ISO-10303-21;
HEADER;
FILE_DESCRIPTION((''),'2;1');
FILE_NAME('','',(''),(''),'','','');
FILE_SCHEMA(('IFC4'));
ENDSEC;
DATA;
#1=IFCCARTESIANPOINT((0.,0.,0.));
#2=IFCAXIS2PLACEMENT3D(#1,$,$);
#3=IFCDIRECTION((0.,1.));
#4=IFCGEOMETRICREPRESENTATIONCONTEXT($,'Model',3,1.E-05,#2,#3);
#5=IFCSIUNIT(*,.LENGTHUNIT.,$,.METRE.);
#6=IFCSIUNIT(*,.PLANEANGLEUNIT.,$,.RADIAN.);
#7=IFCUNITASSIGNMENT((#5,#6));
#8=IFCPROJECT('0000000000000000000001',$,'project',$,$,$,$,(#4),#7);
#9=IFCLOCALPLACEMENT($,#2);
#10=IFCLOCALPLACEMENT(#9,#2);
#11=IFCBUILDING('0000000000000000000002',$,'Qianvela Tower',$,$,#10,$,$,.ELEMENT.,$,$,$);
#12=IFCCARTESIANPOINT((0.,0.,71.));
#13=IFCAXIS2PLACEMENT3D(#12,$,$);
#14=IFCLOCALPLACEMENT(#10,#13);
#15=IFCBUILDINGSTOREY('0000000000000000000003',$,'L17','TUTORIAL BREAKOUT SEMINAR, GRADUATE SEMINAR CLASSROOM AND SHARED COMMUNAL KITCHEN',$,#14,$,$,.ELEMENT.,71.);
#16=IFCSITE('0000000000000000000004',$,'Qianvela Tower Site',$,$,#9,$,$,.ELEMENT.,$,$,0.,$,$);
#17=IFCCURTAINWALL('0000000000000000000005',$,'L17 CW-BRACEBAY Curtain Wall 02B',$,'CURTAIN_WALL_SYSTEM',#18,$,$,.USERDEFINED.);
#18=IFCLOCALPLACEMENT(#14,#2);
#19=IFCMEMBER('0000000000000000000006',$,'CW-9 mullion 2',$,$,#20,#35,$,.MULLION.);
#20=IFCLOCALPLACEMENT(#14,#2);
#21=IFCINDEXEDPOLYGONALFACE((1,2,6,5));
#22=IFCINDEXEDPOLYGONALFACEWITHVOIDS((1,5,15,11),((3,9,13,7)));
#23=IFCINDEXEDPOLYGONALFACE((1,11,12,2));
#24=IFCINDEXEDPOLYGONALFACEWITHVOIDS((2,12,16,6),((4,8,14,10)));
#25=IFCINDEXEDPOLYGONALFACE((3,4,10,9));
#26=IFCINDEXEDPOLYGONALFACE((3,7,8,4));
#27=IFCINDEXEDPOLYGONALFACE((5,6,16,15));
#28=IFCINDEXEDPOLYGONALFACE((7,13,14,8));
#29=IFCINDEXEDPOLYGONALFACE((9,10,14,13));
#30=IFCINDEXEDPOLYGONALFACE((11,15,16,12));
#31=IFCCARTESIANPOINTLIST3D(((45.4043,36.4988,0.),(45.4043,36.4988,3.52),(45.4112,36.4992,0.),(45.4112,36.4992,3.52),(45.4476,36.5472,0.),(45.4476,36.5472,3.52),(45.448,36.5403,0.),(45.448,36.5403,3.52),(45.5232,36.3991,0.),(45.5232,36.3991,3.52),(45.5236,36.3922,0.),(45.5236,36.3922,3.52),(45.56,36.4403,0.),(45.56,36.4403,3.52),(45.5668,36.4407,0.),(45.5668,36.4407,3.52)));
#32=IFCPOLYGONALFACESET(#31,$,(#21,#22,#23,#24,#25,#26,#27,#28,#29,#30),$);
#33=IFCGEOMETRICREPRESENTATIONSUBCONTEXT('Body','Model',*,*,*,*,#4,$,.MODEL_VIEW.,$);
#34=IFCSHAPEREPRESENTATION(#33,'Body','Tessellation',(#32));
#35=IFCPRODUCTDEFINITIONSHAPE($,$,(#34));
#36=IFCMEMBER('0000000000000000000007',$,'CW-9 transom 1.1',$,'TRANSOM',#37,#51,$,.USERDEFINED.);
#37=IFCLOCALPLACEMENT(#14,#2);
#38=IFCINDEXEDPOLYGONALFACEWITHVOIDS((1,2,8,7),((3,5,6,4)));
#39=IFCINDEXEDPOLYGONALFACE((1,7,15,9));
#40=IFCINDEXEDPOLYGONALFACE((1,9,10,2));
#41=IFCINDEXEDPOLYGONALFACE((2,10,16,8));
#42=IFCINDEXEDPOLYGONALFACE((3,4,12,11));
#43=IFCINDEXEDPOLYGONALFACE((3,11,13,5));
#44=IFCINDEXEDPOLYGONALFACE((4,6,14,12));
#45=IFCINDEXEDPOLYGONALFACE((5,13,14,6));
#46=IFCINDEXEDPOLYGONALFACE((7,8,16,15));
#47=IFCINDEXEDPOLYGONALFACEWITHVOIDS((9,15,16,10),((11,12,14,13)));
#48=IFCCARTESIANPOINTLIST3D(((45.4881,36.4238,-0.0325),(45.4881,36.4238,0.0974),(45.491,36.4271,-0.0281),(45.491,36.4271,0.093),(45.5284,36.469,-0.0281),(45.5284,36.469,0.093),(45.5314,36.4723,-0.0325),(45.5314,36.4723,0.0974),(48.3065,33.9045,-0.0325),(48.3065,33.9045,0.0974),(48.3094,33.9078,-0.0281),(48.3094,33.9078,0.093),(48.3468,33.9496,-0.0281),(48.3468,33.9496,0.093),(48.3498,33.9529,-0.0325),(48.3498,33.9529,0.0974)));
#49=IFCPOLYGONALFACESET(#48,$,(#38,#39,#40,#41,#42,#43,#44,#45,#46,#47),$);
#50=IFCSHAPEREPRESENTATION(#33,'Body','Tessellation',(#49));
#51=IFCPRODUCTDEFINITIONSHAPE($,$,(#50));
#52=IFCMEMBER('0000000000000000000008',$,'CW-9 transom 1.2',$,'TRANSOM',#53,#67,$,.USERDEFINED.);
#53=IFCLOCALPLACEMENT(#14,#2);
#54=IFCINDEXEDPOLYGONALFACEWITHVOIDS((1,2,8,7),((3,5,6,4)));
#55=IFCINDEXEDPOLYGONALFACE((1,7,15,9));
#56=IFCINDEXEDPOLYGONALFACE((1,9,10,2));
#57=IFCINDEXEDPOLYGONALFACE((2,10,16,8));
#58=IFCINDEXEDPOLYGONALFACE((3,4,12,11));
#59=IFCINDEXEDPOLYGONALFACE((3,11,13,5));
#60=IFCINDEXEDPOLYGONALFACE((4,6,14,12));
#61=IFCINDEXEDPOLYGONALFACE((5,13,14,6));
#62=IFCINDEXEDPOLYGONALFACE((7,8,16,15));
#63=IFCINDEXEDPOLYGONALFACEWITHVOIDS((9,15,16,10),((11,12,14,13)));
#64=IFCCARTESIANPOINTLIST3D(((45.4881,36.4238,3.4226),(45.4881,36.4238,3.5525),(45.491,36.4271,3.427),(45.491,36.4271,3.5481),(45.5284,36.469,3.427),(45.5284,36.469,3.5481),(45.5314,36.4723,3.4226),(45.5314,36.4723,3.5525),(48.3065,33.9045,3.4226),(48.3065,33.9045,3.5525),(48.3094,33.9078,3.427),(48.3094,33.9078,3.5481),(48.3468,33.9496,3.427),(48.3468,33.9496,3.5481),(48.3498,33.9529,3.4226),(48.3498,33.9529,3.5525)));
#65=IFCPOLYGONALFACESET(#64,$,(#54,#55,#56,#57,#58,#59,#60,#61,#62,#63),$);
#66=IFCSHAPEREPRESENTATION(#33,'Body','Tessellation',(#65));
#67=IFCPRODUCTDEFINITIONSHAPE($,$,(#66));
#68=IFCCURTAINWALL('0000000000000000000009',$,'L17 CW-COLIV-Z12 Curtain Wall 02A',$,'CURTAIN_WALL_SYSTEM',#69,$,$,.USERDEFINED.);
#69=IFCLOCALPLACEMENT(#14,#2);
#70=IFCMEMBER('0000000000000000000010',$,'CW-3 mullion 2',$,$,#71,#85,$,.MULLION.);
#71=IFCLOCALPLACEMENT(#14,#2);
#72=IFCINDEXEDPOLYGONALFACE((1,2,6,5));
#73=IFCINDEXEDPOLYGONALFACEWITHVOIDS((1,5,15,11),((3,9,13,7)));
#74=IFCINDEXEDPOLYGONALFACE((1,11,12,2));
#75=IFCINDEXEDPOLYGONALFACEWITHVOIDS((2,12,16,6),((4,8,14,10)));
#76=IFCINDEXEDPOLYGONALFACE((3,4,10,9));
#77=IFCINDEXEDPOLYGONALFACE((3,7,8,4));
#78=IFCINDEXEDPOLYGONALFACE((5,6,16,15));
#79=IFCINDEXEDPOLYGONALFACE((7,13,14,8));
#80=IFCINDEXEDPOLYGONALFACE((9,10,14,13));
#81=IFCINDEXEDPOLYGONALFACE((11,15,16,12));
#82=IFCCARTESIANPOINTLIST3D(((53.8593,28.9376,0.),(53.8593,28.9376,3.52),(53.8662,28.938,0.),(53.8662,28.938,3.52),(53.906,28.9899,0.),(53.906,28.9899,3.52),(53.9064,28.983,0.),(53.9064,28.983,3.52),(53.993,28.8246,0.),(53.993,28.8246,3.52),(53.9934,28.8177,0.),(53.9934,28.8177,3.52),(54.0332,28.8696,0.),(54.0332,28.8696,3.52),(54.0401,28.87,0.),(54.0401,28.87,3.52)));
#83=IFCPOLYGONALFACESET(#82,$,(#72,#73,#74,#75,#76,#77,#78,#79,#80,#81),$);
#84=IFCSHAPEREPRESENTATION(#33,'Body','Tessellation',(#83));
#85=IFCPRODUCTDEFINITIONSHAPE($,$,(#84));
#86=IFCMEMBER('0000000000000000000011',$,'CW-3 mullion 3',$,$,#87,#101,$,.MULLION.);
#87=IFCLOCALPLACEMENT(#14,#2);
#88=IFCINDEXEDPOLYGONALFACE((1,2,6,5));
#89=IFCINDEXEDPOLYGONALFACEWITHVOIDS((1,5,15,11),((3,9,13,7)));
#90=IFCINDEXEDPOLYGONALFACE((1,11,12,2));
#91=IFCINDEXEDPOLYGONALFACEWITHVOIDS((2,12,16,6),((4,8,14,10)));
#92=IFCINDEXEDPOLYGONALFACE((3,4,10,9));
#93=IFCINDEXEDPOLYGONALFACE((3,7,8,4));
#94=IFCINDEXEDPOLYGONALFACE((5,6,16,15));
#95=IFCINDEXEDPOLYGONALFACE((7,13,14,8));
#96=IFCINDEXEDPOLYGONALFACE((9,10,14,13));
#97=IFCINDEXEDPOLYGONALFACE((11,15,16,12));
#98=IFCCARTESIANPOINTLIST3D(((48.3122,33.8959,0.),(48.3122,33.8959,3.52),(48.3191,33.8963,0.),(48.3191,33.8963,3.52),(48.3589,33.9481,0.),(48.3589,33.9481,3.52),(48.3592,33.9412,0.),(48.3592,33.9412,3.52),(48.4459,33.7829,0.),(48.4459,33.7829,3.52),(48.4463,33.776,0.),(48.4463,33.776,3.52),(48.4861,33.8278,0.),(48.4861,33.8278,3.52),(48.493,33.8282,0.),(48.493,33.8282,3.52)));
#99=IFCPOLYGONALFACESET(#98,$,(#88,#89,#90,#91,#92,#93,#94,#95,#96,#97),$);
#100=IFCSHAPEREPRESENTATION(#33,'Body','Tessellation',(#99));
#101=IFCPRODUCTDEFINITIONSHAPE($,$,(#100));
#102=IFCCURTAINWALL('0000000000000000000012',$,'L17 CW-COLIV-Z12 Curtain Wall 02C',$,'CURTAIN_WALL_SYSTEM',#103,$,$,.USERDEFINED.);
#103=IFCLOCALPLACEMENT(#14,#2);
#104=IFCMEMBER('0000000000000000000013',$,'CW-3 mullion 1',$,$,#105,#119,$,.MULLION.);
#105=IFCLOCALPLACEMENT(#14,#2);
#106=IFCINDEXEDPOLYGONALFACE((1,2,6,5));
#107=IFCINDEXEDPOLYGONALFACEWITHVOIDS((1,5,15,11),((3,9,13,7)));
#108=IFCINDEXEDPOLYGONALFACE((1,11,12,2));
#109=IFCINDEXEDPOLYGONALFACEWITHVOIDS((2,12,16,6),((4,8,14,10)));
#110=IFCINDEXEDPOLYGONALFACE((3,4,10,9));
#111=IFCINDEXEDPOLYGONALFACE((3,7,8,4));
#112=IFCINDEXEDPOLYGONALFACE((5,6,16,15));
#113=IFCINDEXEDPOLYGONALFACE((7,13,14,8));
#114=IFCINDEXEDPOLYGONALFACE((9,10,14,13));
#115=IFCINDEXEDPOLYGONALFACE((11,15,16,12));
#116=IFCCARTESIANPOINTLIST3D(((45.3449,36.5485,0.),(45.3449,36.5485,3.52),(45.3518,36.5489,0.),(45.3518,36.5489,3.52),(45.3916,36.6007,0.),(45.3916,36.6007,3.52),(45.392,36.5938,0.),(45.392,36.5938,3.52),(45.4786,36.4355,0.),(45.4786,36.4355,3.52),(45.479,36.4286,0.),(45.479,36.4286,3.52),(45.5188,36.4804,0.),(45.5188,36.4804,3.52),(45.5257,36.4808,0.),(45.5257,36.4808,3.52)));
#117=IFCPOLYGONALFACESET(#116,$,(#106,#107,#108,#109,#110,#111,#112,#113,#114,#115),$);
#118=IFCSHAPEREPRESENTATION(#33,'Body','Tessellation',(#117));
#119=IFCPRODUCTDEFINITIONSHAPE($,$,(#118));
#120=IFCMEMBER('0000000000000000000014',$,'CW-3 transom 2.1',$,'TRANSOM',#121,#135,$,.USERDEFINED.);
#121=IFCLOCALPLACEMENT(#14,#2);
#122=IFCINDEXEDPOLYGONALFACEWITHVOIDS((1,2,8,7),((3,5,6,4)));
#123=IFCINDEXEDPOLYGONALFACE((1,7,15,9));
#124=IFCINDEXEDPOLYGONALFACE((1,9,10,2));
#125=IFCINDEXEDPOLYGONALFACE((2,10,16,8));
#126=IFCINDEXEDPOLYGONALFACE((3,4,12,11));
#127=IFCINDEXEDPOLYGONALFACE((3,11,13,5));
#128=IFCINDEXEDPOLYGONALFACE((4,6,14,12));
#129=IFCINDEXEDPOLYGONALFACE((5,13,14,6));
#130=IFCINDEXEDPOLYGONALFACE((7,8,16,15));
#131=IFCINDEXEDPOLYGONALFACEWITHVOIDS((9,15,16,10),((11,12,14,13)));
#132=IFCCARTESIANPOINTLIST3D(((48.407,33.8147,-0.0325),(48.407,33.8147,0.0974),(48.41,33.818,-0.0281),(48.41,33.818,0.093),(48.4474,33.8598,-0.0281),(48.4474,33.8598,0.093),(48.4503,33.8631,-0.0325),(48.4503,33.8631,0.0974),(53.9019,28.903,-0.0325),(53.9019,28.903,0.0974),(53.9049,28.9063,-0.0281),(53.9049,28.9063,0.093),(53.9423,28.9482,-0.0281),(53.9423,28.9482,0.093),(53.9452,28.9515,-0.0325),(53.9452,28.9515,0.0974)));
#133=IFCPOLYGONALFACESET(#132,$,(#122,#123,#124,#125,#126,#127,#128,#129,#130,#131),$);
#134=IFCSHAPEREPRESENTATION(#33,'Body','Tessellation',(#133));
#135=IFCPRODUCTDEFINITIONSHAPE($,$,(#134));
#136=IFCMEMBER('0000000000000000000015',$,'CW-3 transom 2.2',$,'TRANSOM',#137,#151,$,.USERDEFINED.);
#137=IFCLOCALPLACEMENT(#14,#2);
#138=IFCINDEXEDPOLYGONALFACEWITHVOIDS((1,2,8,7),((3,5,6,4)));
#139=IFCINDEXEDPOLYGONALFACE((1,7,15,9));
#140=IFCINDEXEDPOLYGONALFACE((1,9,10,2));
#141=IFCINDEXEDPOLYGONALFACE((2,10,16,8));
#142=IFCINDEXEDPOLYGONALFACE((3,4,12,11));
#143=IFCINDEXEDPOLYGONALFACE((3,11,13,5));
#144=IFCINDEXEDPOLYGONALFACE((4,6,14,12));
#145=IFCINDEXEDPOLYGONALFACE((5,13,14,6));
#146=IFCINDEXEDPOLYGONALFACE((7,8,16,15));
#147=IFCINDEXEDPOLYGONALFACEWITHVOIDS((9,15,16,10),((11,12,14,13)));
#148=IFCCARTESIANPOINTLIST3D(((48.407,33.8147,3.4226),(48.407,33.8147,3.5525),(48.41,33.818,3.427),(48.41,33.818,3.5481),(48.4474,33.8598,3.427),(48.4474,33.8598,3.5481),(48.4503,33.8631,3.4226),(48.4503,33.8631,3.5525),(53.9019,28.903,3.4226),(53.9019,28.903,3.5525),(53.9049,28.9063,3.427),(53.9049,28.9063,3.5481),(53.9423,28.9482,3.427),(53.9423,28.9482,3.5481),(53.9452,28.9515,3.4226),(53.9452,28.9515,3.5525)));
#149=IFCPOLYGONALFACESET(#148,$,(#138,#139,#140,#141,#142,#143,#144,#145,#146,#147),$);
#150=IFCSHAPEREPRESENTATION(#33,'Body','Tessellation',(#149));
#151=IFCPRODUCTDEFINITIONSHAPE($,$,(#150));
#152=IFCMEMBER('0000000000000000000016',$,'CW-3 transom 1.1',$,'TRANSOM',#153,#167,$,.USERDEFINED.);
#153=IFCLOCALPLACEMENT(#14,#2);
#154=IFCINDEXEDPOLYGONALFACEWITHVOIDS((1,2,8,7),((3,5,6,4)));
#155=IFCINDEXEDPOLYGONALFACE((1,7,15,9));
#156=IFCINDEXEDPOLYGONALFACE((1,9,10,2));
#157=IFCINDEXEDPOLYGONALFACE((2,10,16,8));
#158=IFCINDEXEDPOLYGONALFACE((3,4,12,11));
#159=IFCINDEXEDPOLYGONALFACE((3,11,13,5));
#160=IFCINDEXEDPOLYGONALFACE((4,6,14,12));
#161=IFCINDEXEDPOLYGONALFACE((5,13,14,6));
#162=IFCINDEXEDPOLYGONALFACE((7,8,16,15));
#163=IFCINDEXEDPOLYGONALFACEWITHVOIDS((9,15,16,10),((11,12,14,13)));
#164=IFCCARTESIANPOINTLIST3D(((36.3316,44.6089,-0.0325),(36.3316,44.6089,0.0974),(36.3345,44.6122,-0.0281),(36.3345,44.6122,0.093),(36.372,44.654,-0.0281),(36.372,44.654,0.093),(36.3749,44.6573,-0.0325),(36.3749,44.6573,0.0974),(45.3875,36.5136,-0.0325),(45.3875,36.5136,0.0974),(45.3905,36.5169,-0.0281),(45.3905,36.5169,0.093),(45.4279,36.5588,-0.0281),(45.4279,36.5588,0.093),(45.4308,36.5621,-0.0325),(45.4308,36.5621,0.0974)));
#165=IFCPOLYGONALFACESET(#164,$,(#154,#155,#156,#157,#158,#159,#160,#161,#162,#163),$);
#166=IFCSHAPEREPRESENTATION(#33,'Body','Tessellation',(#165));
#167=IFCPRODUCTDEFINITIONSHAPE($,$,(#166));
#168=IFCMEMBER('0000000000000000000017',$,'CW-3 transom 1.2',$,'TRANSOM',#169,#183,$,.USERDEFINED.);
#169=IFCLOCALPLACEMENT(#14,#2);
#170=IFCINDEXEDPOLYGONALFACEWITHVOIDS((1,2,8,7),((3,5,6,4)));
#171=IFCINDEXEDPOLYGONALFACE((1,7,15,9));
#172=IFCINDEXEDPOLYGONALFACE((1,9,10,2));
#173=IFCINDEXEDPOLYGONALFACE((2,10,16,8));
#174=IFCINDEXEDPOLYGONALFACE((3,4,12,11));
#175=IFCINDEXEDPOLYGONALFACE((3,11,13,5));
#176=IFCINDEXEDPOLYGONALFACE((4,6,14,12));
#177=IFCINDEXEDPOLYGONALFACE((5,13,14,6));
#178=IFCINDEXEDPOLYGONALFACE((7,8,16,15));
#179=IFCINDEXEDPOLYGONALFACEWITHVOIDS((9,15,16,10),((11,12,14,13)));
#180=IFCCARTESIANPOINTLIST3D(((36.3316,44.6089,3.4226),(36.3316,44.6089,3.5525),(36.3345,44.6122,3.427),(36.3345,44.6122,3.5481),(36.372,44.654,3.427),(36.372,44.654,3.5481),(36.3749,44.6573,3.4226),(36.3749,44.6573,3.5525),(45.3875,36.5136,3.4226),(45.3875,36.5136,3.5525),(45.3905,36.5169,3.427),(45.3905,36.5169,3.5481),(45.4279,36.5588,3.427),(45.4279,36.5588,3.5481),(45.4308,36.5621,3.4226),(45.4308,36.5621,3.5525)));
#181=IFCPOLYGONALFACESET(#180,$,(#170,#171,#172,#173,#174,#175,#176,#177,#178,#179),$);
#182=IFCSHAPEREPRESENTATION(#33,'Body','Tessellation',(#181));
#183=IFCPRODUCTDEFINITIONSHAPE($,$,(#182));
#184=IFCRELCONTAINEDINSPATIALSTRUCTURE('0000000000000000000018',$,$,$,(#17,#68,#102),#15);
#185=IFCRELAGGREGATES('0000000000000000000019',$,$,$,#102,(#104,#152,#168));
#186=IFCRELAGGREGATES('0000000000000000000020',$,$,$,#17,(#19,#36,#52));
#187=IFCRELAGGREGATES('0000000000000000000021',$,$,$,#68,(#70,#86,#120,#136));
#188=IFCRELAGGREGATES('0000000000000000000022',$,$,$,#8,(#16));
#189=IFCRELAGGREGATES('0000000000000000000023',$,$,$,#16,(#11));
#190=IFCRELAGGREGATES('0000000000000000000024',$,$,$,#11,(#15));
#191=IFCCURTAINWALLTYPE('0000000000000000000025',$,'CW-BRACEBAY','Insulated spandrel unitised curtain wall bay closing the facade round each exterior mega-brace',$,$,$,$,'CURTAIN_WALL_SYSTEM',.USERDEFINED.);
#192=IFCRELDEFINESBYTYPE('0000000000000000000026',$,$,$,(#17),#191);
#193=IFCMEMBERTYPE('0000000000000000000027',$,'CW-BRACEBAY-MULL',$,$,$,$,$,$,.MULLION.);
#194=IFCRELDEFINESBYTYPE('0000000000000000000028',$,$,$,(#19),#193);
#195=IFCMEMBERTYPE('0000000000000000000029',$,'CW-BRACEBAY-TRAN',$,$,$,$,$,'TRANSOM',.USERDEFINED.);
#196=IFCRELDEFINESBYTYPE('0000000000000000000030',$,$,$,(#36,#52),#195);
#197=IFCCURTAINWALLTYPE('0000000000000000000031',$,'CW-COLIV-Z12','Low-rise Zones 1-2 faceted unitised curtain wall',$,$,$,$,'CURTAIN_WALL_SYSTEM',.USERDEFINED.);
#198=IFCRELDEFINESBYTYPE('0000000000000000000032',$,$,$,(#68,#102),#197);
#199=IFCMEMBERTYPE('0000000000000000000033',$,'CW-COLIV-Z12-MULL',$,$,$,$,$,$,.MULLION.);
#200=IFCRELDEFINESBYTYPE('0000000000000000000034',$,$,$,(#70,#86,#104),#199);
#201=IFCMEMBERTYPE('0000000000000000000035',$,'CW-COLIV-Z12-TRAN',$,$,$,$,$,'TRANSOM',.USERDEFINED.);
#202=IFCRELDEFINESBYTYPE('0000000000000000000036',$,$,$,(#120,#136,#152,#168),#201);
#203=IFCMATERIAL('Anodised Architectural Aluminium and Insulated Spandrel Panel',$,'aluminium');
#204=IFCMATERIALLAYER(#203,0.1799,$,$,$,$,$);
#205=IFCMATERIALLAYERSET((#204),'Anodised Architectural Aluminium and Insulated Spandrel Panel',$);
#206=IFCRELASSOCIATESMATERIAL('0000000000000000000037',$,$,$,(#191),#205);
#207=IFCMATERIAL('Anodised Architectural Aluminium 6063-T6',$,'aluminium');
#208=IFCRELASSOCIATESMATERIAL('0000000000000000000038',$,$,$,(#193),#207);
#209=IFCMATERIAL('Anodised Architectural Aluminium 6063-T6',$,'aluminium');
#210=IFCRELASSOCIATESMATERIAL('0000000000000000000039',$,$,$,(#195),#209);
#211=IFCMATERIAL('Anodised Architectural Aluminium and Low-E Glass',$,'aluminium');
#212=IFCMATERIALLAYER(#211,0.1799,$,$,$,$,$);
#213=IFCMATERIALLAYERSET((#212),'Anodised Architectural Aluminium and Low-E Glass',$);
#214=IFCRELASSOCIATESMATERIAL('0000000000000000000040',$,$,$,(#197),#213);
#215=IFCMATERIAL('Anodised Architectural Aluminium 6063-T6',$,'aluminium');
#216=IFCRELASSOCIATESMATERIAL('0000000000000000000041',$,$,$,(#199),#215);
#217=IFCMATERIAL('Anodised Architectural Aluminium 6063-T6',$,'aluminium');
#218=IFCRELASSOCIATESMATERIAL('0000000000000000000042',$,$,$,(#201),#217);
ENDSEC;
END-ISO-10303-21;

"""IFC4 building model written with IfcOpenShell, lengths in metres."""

from ifc_helpers import new_model, si_unit, direction, frame, origin, origin_2d, place, context, subcontext, project, spatial, hollow_rectangle, extrude, material, layer, layer_set, material_profile, profile_set, type_object, element, aggregate, save


model = new_model("IFC4")

# Units and contexts
model_context = context("Model", 3, precision=1e-05, world=origin(), true_north=direction((0.0, 1.0)))
body_context = subcontext(model_context, "Body", "Model", "MODEL_VIEW")
ifc_project = project(units=[si_unit("LENGTHUNIT", "METRE"), si_unit("PLANEANGLEUNIT", "RADIAN")], contexts=[model_context])

# Site, building, storey
site_placement = place(None, origin())
site = spatial("IfcSite", under=ifc_project, at=site_placement, Name="Qianvela Tower Site", CompositionType="ELEMENT", RefElevation=0.0)
building_placement = place(site_placement, origin())
building = spatial("IfcBuilding", under=site, at=building_placement, Name="Qianvela Tower", CompositionType="ELEMENT")
storey_placement = place(building_placement, frame((0.0, 0.0, 71.0)))
storey = spatial("IfcBuildingStorey", under=building, at=storey_placement, Name="L17", Description="TUTORIAL BREAKOUT SEMINAR, GRADUATE SEMINAR CLASSROOM AND SHARED COMMUNAL KITCHEN", CompositionType="ELEMENT", Elevation=71.0)

# Curtain walls, members
ifc_material_1 = material(Name="Anodised Architectural Aluminium and Insulated Spandrel Panel", Category="aluminium")
ifc_layer_1 = layer(ifc_material_1, 0.1799)
ifc_layer_set_1 = layer_set([ifc_layer_1], Name="Anodised Architectural Aluminium and Insulated Spandrel Panel")
curtain_wall_type_1 = type_object("IfcCurtainWallType", Name="CW-BRACEBAY", Description="Insulated spandrel unitised curtain wall bay closing the facade round each exterior mega-brace", ElementType="CURTAIN_WALL_SYSTEM", PredefinedType="USERDEFINED", material=ifc_layer_set_1)
curtain_wall_1_placement = place(storey_placement, origin())
curtain_wall_1 = element("IfcCurtainWall", 1, at=curtain_wall_1_placement, inside=storey, type_object=curtain_wall_type_1, Name="L17 CW-BRACEBAY Curtain Wall 02B", ObjectType="CURTAIN_WALL_SYSTEM", PredefinedType="USERDEFINED")
ifc_material_2 = material(Name="Anodised Architectural Aluminium 6063-T6", Category="aluminium")
ifc_material_profile_1 = material_profile(ifc_material_2, hollow_rectangle(XDim=0.0649, YDim=0.1599, WallThickness=0.0049, at=origin_2d()), Name="ALU-MULL-65x160")
ifc_profile_set_1 = profile_set([ifc_material_profile_1], Name="Anodised Architectural Aluminium 6063-T6")
member_type_1 = type_object("IfcMemberType", Name="CW-BRACEBAY-MULL", PredefinedType="MULLION", material=ifc_profile_set_1)
member_1_placement = place(storey_placement, frame((45.4856, 36.4697, 0.0), z_axis=(0.0, 0.0, 1.0), x_axis=(-0.666434, -0.745564, 0.0)))
member_1 = element("IfcMember", 2, at=member_1_placement, type_object=member_type_1, Name="CW-9 mullion 2", PredefinedType="MULLION", context=body_context, shape_type="SweptSolid", body=[
    extrude(hollow_rectangle(XDim=0.0649, YDim=0.1599, WallThickness=0.0049, at=origin_2d()), origin(), (0.0, 0.0, 1.0), 3.52),
])
ifc_material_3 = material(Name="Anodised Architectural Aluminium 6063-T6", Category="aluminium")
ifc_material_profile_2 = material_profile(ifc_material_3, hollow_rectangle(XDim=0.0649, YDim=0.1299, WallThickness=0.0044, at=origin_2d()), Name="ALU-TRAN-65x130")
ifc_profile_set_2 = profile_set([ifc_material_profile_2], Name="Anodised Architectural Aluminium 6063-T6")
member_type_2 = type_object("IfcMemberType", Name="CW-BRACEBAY-TRAN", ElementType="TRANSOM", PredefinedType="USERDEFINED", material=ifc_profile_set_2)
member_2_placement = place(storey_placement, frame((48.3281, 33.9287, 0.0325), z_axis=(-0.745557, 0.666442, 0.0), x_axis=(-0.666442, -0.745557, 0.0)))
member_2 = element("IfcMember", 3, at=member_2_placement, type_object=member_type_2, Name="CW-9 transom 1.1", ObjectType="TRANSOM", PredefinedType="USERDEFINED", context=body_context, shape_type="SweptSolid", body=[
    extrude(hollow_rectangle(XDim=0.0649, YDim=0.1299, WallThickness=0.0044, at=origin_2d()), origin(), (0.0, 0.0, 1.0), 3.7803),
])
member_3_placement = place(storey_placement, frame((48.3281, 33.9287, 3.4875), z_axis=(-0.745557, 0.666442, 0.0), x_axis=(-0.666442, -0.745557, 0.0)))
member_3 = element("IfcMember", 4, at=member_3_placement, type_object=member_type_2, Name="CW-9 transom 1.2", ObjectType="TRANSOM", PredefinedType="USERDEFINED", context=body_context, shape_type="SweptSolid", body=[
    extrude(hollow_rectangle(XDim=0.0649, YDim=0.1299, WallThickness=0.0044, at=origin_2d()), origin(), (0.0, 0.0, 1.0), 3.7803),
])
ifc_material_4 = material(Name="Anodised Architectural Aluminium and Low-E Glass", Category="aluminium")
ifc_layer_2 = layer(ifc_material_4, 0.1799)
ifc_layer_set_2 = layer_set([ifc_layer_2], Name="Anodised Architectural Aluminium and Low-E Glass")
curtain_wall_type_2 = type_object("IfcCurtainWallType", Name="CW-COLIV-Z12", Description="Low-rise Zones 1-2 faceted unitised curtain wall", ElementType="CURTAIN_WALL_SYSTEM", PredefinedType="USERDEFINED", material=ifc_layer_set_2)
curtain_wall_2_placement = place(storey_placement, origin())
curtain_wall_2 = element("IfcCurtainWall", 5, at=curtain_wall_2_placement, inside=storey, type_object=curtain_wall_type_2, Name="L17 CW-COLIV-Z12 Curtain Wall 02A", ObjectType="CURTAIN_WALL_SYSTEM", PredefinedType="USERDEFINED")
ifc_material_5 = material(Name="Anodised Architectural Aluminium 6063-T6", Category="aluminium")
ifc_material_profile_3 = material_profile(ifc_material_5, hollow_rectangle(XDim=0.0701, YDim=0.1799, WallThickness=0.0049, at=origin_2d()), Name="ALU-MULL-70x180")
ifc_profile_set_3 = profile_set([ifc_material_profile_3], Name="Anodised Architectural Aluminium 6063-T6")
member_type_3 = type_object("IfcMemberType", Name="CW-COLIV-Z12-MULL", PredefinedType="MULLION", material=ifc_profile_set_3)
member_4_placement = place(storey_placement, frame((53.9497, 28.9038, 0.0), z_axis=(0.0, 0.0, 1.0), x_axis=(-0.666444, -0.745555, 0.0)))
member_4 = element("IfcMember", 6, at=member_4_placement, type_object=member_type_3, Name="CW-3 mullion 2", PredefinedType="MULLION", context=body_context, shape_type="SweptSolid", body=[
    extrude(hollow_rectangle(XDim=0.0701, YDim=0.1799, WallThickness=0.0049, at=origin_2d()), origin(), (0.0, 0.0, 1.0), 3.52),
])
member_5_placement = place(storey_placement, frame((48.4026, 33.8621, 0.0), z_axis=(0.0, 0.0, 1.0), x_axis=(-0.666444, -0.745555, 0.0)))
member_5 = element("IfcMember", 7, at=member_5_placement, type_object=member_type_3, Name="CW-3 mullion 3", PredefinedType="MULLION", context=body_context, shape_type="SweptSolid", body=[
    extrude(hollow_rectangle(XDim=0.0701, YDim=0.1799, WallThickness=0.0049, at=origin_2d()), origin(), (0.0, 0.0, 1.0), 3.52),
])

# Curtain wall, member
curtain_wall_3_placement = place(storey_placement, origin())
curtain_wall_3 = element("IfcCurtainWall", 8, at=curtain_wall_3_placement, inside=storey, type_object=curtain_wall_type_2, Name="L17 CW-COLIV-Z12 Curtain Wall 02C", ObjectType="CURTAIN_WALL_SYSTEM", PredefinedType="USERDEFINED")
member_6_placement = place(storey_placement, frame((45.4353, 36.5146, 0.0), z_axis=(0.0, 0.0, 1.0), x_axis=(-0.666448, -0.745551, 0.0)))
member_6 = element("IfcMember", 9, at=member_6_placement, type_object=member_type_3, Name="CW-3 mullion 1", PredefinedType="MULLION", context=body_context, shape_type="SweptSolid", body=[
    extrude(hollow_rectangle(XDim=0.0701, YDim=0.1799, WallThickness=0.0049, at=origin_2d()), origin(), (0.0, 0.0, 1.0), 3.52),
])

# Members
ifc_material_6 = material(Name="Anodised Architectural Aluminium 6063-T6", Category="aluminium")
ifc_material_profile_4 = material_profile(ifc_material_6, hollow_rectangle(XDim=0.0649, YDim=0.1299, WallThickness=0.0044, at=origin_2d()), Name="ALU-TRAN-65x130")
ifc_profile_set_4 = profile_set([ifc_material_profile_4], Name="Anodised Architectural Aluminium 6063-T6")
member_type_4 = type_object("IfcMemberType", Name="CW-COLIV-Z12-TRAN", ElementType="TRANSOM", PredefinedType="USERDEFINED", material=ifc_profile_set_4)
member_7_placement = place(storey_placement, frame((53.9236, 28.9272, 0.0325), z_axis=(-0.745568, 0.66643, 0.0), x_axis=(-0.66643, -0.745568, 0.0)))
member_7 = element("IfcMember", 10, at=member_7_placement, type_object=member_type_4, Name="CW-3 transom 2.1", ObjectType="TRANSOM", PredefinedType="USERDEFINED", context=body_context, shape_type="SweptSolid", body=[
    extrude(hollow_rectangle(XDim=0.0649, YDim=0.1299, WallThickness=0.0044, at=origin_2d()), origin(), (0.0, 0.0, 1.0), 7.3701),
])
member_8_placement = place(storey_placement, frame((53.9236, 28.9272, 3.4875), z_axis=(-0.745568, 0.66643, 0.0), x_axis=(-0.66643, -0.745568, 0.0)))
member_8 = element("IfcMember", 11, at=member_8_placement, type_object=member_type_4, Name="CW-3 transom 2.2", ObjectType="TRANSOM", PredefinedType="USERDEFINED", context=body_context, shape_type="SweptSolid", body=[
    extrude(hollow_rectangle(XDim=0.0649, YDim=0.1299, WallThickness=0.0044, at=origin_2d()), origin(), (0.0, 0.0, 1.0), 7.3701),
])
member_9_placement = place(storey_placement, frame((45.4092, 36.5378, 0.0325), z_axis=(-0.745546, 0.666455, 0.0), x_axis=(-0.666455, -0.745546, 0.0)))
member_9 = element("IfcMember", 12, at=member_9_placement, type_object=member_type_4, Name="CW-3 transom 1.1", ObjectType="TRANSOM", PredefinedType="USERDEFINED", context=body_context, shape_type="SweptSolid", body=[
    extrude(hollow_rectangle(XDim=0.0649, YDim=0.1299, WallThickness=0.0044, at=origin_2d()), origin(), (0.0, 0.0, 1.0), 12.1467),
])
member_10_placement = place(storey_placement, frame((45.4092, 36.5378, 3.4875), z_axis=(-0.745546, 0.666455, 0.0), x_axis=(-0.666455, -0.745546, 0.0)))
member_10 = element("IfcMember", 13, at=member_10_placement, type_object=member_type_4, Name="CW-3 transom 1.2", ObjectType="TRANSOM", PredefinedType="USERDEFINED", context=body_context, shape_type="SweptSolid", body=[
    extrude(hollow_rectangle(XDim=0.0649, YDim=0.1299, WallThickness=0.0044, at=origin_2d()), origin(), (0.0, 0.0, 1.0), 12.1467),
])
aggregate(curtain_wall_3, [member_6, member_9, member_10])

aggregate(curtain_wall_1, [member_1, member_2, member_3])
aggregate(curtain_wall_2, [member_4, member_5, member_7, member_8])

save(model, "model.ifc")
